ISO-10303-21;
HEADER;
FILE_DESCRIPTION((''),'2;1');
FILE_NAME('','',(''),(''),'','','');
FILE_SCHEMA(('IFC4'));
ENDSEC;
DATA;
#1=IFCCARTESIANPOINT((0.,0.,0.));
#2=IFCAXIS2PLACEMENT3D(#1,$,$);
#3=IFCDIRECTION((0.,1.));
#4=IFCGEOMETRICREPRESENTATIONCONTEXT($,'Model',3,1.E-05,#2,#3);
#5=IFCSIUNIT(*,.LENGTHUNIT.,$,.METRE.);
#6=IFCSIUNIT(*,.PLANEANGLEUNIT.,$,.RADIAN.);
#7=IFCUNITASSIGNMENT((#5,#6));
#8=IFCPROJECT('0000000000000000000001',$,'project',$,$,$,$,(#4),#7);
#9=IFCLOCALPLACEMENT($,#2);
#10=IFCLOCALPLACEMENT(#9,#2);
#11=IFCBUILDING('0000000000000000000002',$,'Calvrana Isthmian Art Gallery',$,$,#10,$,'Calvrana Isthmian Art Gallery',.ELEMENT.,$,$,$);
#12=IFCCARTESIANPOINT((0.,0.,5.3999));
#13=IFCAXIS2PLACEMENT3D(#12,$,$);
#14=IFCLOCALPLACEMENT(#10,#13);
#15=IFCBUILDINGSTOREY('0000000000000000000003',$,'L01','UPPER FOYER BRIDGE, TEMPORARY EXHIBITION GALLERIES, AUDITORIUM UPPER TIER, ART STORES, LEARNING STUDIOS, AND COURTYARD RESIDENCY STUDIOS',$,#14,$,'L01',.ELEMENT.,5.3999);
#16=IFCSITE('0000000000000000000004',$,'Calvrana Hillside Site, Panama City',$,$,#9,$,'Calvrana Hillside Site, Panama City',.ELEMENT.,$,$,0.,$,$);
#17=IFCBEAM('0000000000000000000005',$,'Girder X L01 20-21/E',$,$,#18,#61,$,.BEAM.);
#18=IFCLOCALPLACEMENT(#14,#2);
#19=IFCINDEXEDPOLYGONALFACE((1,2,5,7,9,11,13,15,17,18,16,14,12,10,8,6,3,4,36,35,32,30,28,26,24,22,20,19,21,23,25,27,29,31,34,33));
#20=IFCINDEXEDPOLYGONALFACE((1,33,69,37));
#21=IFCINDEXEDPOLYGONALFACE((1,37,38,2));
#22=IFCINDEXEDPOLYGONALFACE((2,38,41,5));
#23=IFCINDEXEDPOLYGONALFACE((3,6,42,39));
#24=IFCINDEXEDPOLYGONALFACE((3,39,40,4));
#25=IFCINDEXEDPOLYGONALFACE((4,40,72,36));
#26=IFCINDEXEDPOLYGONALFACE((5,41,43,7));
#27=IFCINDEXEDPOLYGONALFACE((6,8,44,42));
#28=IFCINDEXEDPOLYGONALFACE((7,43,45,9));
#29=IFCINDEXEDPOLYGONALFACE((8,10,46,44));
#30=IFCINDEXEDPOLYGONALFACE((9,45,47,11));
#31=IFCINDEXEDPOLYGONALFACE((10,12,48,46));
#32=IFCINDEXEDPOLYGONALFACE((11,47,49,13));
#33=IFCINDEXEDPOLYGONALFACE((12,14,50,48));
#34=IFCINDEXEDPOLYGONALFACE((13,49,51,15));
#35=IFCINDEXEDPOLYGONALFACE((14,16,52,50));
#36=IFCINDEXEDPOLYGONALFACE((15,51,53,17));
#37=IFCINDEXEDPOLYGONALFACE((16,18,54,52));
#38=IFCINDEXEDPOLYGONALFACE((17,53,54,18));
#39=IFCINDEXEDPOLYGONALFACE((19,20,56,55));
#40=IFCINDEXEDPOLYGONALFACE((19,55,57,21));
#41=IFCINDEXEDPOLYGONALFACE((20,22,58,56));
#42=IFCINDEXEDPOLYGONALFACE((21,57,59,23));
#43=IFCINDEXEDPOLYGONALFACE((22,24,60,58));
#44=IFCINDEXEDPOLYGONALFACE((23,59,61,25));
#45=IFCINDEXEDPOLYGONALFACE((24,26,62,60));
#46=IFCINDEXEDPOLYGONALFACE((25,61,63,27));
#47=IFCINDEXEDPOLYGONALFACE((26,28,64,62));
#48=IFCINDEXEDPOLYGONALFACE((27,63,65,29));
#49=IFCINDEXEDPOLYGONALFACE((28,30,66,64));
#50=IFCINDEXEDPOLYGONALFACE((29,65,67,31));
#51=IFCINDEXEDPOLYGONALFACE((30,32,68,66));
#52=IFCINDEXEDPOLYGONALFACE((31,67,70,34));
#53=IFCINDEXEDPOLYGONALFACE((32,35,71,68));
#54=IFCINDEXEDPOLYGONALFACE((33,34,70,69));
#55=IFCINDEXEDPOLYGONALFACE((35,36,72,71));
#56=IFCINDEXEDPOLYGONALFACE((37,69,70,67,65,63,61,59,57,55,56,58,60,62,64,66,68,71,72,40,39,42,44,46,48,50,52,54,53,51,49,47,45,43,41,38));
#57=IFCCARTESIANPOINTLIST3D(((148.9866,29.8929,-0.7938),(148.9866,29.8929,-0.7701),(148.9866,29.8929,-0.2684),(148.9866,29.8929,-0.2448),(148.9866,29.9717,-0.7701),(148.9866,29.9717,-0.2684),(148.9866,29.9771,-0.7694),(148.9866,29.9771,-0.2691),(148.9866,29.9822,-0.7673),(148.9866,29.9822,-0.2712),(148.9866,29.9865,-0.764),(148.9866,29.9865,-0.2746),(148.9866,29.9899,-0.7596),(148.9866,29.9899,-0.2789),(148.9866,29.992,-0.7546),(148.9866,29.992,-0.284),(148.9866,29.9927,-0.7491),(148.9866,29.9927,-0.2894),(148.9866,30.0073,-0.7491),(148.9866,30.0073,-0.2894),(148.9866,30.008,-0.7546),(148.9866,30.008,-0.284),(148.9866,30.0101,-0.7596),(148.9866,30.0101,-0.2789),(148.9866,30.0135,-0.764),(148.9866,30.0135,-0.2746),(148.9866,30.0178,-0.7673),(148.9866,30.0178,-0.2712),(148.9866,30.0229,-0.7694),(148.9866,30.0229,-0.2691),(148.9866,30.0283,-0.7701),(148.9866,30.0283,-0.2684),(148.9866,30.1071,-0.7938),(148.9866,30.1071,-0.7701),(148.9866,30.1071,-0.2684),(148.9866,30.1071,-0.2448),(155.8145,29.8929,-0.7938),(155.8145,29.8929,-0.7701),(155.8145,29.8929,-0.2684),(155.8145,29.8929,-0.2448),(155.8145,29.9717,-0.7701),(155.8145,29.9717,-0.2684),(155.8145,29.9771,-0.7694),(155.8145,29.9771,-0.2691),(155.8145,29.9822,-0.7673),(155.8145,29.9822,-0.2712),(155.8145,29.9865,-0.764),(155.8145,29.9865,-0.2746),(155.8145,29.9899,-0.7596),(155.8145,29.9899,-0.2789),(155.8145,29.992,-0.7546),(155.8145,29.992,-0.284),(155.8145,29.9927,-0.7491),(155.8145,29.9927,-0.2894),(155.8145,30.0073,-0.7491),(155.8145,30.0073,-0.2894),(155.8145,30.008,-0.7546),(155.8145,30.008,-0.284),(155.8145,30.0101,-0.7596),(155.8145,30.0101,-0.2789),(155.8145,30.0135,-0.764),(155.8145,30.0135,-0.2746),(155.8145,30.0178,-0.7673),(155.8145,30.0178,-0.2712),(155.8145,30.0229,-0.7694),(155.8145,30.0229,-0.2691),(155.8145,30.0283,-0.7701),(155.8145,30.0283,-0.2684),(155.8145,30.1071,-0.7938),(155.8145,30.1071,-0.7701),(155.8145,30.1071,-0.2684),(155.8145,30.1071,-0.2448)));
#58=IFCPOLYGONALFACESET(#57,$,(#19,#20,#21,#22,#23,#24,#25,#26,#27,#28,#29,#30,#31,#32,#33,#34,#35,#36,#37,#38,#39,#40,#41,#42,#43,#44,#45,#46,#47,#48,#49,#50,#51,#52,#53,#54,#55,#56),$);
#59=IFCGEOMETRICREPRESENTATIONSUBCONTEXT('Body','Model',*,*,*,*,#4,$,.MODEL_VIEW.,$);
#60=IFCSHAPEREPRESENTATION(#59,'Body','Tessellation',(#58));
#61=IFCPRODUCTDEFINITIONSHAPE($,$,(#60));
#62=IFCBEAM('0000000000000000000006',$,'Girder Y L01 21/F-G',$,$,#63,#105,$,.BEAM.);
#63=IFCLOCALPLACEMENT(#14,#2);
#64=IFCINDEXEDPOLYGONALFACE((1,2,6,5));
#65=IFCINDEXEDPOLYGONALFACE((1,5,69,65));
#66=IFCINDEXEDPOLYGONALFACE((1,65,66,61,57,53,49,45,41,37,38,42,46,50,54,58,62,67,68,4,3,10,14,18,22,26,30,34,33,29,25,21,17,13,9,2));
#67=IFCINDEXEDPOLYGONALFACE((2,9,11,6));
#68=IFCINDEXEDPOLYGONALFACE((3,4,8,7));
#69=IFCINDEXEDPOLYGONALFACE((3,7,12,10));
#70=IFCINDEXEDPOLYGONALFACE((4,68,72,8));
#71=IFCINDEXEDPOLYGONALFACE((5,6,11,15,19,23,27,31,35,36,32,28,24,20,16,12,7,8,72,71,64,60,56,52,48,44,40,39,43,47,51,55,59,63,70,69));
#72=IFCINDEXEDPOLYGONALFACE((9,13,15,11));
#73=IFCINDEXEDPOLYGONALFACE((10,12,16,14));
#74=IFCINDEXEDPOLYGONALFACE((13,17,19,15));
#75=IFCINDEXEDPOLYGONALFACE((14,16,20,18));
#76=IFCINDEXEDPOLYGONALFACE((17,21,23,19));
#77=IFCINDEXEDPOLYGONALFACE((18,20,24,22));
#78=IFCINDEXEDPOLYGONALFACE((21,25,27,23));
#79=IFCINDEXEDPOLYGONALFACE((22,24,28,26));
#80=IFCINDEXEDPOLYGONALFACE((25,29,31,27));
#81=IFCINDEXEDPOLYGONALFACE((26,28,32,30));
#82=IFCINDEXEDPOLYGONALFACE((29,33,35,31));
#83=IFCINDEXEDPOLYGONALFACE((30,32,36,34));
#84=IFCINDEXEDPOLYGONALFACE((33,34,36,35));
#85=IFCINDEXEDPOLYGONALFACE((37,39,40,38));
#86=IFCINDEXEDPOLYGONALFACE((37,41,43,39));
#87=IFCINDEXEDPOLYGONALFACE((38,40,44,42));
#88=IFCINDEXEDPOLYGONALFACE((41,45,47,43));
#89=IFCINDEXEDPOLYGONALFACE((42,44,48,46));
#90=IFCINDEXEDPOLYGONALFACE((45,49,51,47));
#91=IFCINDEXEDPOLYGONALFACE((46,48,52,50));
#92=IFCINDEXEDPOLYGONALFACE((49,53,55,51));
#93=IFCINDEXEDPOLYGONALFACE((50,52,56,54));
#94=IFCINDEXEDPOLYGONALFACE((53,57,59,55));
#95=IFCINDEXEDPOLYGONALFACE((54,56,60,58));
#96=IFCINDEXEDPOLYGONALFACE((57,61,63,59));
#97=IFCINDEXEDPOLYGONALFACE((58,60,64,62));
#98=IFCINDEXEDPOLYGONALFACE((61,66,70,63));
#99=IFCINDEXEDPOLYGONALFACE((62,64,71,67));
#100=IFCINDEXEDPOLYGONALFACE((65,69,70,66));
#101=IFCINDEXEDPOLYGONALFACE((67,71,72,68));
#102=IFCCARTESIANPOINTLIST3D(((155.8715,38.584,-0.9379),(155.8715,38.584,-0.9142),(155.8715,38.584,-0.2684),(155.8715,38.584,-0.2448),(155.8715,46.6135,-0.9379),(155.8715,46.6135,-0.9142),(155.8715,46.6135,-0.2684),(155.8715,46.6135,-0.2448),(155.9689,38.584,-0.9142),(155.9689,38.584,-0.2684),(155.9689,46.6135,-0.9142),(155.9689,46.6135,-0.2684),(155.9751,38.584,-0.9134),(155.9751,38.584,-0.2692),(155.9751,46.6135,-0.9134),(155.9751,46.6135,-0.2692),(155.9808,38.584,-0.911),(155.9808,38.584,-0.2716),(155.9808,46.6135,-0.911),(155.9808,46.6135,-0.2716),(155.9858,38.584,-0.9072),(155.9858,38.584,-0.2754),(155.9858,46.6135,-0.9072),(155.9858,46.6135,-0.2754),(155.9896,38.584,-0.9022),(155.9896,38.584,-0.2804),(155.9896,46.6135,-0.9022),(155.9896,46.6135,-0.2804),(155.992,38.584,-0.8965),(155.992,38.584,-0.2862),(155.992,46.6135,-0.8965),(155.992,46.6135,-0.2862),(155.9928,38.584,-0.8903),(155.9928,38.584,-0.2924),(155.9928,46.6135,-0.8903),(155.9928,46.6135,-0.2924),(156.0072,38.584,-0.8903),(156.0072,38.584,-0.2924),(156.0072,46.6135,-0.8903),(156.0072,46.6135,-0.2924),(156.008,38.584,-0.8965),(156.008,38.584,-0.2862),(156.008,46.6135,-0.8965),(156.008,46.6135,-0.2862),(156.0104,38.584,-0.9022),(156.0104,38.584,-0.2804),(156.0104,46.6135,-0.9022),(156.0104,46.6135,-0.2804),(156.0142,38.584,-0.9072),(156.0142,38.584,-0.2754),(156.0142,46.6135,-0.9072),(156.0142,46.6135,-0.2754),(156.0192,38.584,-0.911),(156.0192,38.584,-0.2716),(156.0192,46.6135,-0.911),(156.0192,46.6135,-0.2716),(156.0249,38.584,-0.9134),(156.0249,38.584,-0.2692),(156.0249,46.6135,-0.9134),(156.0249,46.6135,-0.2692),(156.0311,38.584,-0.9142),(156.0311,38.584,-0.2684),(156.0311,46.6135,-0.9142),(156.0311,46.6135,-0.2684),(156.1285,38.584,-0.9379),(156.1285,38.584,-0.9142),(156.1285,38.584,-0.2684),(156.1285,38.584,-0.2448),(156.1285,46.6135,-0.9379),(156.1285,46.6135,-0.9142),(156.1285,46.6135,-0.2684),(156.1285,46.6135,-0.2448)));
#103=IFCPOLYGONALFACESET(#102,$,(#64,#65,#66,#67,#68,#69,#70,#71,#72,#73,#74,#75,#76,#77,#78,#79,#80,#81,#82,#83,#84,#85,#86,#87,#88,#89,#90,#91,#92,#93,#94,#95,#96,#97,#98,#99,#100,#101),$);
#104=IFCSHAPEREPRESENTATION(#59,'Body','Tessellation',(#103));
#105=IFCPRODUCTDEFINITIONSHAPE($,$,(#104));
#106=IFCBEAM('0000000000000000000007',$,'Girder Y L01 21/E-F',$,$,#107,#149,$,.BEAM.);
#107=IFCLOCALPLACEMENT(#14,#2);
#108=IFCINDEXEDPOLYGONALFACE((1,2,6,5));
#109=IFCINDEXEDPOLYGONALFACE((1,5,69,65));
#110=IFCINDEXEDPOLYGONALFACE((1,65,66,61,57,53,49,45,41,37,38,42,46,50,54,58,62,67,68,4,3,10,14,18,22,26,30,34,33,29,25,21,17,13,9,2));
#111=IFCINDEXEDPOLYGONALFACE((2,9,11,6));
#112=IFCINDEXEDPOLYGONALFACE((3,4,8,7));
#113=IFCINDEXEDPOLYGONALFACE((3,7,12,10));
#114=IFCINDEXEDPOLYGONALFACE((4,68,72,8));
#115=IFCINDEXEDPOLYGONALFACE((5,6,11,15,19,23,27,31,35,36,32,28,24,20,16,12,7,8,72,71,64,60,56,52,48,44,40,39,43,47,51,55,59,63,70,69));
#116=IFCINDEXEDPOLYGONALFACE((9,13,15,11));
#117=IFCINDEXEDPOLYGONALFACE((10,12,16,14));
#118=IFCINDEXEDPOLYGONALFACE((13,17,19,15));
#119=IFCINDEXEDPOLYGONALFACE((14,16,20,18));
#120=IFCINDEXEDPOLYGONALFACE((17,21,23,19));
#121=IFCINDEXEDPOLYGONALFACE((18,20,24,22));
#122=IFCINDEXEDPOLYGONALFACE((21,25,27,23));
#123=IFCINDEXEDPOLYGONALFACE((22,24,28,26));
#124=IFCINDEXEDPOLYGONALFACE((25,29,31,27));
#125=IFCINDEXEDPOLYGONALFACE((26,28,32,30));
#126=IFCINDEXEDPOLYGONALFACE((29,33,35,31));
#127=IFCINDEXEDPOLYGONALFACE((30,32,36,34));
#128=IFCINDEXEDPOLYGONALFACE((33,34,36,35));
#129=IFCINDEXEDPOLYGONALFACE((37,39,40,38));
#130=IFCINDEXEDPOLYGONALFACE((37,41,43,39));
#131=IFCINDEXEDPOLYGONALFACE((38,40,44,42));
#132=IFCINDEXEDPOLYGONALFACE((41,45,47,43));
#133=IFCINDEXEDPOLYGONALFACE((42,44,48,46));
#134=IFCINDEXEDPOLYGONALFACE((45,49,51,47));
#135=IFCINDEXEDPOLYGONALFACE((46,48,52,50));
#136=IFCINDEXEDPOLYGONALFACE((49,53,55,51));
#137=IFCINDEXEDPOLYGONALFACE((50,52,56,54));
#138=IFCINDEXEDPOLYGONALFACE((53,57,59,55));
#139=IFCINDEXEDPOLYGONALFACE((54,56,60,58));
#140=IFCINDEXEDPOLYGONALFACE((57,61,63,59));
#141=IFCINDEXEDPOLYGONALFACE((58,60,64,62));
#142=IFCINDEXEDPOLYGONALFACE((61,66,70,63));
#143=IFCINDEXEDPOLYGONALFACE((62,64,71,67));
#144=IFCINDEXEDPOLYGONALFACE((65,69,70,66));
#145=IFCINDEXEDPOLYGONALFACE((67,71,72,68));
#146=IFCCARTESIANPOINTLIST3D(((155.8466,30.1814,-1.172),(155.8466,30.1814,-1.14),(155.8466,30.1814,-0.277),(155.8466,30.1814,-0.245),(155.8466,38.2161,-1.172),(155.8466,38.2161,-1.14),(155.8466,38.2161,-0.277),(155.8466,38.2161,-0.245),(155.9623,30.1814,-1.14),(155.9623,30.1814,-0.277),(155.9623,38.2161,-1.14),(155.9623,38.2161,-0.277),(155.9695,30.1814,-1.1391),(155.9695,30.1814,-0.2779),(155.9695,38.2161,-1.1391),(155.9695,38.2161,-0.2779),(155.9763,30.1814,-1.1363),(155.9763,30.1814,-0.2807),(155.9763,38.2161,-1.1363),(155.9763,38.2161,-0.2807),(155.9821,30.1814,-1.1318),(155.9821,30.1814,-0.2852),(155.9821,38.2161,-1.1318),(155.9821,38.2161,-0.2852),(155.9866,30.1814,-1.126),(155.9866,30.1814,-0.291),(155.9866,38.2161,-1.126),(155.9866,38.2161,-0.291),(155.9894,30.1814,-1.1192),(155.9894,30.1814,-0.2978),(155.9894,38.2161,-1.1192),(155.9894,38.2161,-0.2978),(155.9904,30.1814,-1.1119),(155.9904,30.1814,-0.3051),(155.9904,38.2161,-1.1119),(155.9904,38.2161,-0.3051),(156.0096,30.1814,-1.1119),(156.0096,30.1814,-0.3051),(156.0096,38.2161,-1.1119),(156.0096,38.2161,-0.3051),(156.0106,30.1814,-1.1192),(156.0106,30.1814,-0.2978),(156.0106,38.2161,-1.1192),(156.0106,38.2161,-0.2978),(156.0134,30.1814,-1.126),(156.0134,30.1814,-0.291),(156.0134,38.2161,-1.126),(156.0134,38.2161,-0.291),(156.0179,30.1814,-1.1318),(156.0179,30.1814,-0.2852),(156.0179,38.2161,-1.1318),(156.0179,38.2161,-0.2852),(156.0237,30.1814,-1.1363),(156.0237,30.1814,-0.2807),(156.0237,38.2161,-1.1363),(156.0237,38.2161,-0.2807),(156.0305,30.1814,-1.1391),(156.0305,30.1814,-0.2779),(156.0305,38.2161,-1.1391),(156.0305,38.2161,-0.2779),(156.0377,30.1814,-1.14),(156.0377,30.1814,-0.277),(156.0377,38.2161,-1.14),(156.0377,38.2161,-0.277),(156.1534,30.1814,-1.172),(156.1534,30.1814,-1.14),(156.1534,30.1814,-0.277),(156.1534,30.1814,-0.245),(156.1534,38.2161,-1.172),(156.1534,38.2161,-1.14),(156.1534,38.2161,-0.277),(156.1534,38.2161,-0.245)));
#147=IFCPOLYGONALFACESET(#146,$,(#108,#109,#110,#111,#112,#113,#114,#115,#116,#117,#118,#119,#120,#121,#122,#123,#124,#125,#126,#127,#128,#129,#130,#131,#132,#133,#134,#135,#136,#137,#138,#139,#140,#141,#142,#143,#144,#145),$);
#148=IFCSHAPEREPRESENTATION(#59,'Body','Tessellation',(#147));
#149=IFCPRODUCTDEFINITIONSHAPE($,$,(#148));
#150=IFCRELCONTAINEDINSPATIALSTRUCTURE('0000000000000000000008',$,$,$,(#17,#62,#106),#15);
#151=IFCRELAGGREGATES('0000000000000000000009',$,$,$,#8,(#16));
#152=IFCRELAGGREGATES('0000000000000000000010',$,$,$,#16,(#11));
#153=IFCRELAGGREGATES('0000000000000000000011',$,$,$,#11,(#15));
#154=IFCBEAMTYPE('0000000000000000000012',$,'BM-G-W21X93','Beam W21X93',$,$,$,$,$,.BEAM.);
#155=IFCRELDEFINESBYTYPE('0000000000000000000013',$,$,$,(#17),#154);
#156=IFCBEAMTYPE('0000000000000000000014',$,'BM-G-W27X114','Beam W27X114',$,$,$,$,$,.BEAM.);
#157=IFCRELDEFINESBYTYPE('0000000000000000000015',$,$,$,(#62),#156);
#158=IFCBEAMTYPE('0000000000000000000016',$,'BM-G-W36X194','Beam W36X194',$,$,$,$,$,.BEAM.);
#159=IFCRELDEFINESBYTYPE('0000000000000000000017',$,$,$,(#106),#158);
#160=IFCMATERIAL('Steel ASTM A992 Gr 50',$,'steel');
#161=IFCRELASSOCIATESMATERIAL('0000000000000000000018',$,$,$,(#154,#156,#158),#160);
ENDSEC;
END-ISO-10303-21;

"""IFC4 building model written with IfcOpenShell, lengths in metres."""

from ifc_helpers import new_model, si_unit, direction, frame, origin, origin_2d, place, context, subcontext, project, spatial, i_section, extrude, material, material_profile, profile_set, type_object, element, save


model = new_model("IFC4")

# Units and contexts
model_context = context("Model", 3, precision=1e-05, world=origin(), true_north=direction((0.0, 1.0)))
body_context = subcontext(model_context, "Body", "Model", "MODEL_VIEW")
ifc_project = project(units=[si_unit("LENGTHUNIT", "METRE"), si_unit("PLANEANGLEUNIT", "RADIAN")], contexts=[model_context])

# Site, building, storey
site_placement = place(None, origin())
site = spatial("IfcSite", under=ifc_project, at=site_placement, Name="Calvrana Hillside Site, Panama City", LongName="Calvrana Hillside Site, Panama City", CompositionType="ELEMENT", RefElevation=0.0)
building_placement = place(site_placement, origin())
building = spatial("IfcBuilding", under=site, at=building_placement, Name="Calvrana Isthmian Art Gallery", LongName="Calvrana Isthmian Art Gallery", CompositionType="ELEMENT")
storey_placement = place(building_placement, frame((0.0, 0.0, 5.3999)))
storey = spatial("IfcBuildingStorey", under=building, at=storey_placement, Name="L01", Description="UPPER FOYER BRIDGE, TEMPORARY EXHIBITION GALLERIES, AUDITORIUM UPPER TIER, ART STORES, LEARNING STUDIOS, AND COURTYARD RESIDENCY STUDIOS", LongName="L01", CompositionType="ELEMENT", Elevation=5.3999)

# Shared definitions
ifc_material_1 = material(Name="Steel ASTM A992 Gr 50", Category="steel")

# Beams
ifc_material_profile_1 = material_profile(ifc_material_1, i_section(OverallWidth=0.2141, OverallDepth=0.5491, WebThickness=0.0146, FlangeThickness=0.0237, FilletRadius=0.021, at=origin_2d()), Name="W21X93")
ifc_profile_set_1 = profile_set([ifc_material_profile_1], Name="Steel ASTM A992 Gr 50")
beam_type_1 = type_object("IfcBeamType", Name="BM-G-W21X93", Description="Beam W21X93", PredefinedType="BEAM", material=ifc_profile_set_1)
beam_1_placement = place(storey_placement, frame((148.9866, 30.0, -0.5193), z_axis=(1.0, 0.0, 0.0), x_axis=(0.0, 1.0, 0.0)))
element("IfcBeam", 1, at=beam_1_placement, inside=storey, type_object=beam_type_1, Name="Girder X L01 20-21/E", PredefinedType="BEAM", context=body_context, shape_type="SweptSolid", body=[
    extrude(i_section(OverallWidth=0.2141, OverallDepth=0.5491, WebThickness=0.0146, FlangeThickness=0.0237, FilletRadius=0.021, at=origin_2d()), origin(), (0.0, 0.0, 1.0), 6.8279),
])
ifc_material_profile_2 = material_profile(ifc_material_1, i_section(OverallWidth=0.2571, OverallDepth=0.6931, WebThickness=0.0144, FlangeThickness=0.0237, FilletRadius=0.0239, at=origin_2d()), Name="W27X114")
ifc_profile_set_2 = profile_set([ifc_material_profile_2], Name="Steel ASTM A992 Gr 50")
beam_type_2 = type_object("IfcBeamType", Name="BM-G-W27X114", Description="Beam W27X114", PredefinedType="BEAM", material=ifc_profile_set_2)
beam_2_placement = place(storey_placement, frame((156.0, 38.584, -0.5913), z_axis=(0.0, 1.0, 0.0), x_axis=(-1.0, 0.0, 0.0)))
element("IfcBeam", 2, at=beam_2_placement, inside=storey, type_object=beam_type_2, Name="Girder Y L01 21/F-G", PredefinedType="BEAM", context=body_context, shape_type="SweptSolid", body=[
    extrude(i_section(OverallWidth=0.2571, OverallDepth=0.6931, WebThickness=0.0144, FlangeThickness=0.0237, FilletRadius=0.0239, at=origin_2d()), origin(), (0.0, 0.0, 1.0), 8.0295),
])
ifc_material_profile_3 = material_profile(ifc_material_1, i_section(OverallWidth=0.3069, OverallDepth=0.927, WebThickness=0.0193, FlangeThickness=0.032, FilletRadius=0.0281, at=origin_2d()), Name="W36X194")
ifc_profile_set_3 = profile_set([ifc_material_profile_3], Name="Steel ASTM A992 Gr 50")
beam_type_3 = type_object("IfcBeamType", Name="BM-G-W36X194", Description="Beam W36X194", PredefinedType="BEAM", material=ifc_profile_set_3)
beam_3_placement = place(storey_placement, frame((156.0, 30.1814, -0.7085), z_axis=(0.0, 1.0, 0.0), x_axis=(-1.0, 0.0, 0.0)))
element("IfcBeam", 3, at=beam_3_placement, inside=storey, type_object=beam_type_3, Name="Girder Y L01 21/E-F", PredefinedType="BEAM", context=body_context, shape_type="SweptSolid", body=[
    extrude(i_section(OverallWidth=0.3069, OverallDepth=0.927, WebThickness=0.0193, FlangeThickness=0.032, FilletRadius=0.0281, at=origin_2d()), origin(), (0.0, 0.0, 1.0), 8.0347),
])

save(model, "model.ifc")
